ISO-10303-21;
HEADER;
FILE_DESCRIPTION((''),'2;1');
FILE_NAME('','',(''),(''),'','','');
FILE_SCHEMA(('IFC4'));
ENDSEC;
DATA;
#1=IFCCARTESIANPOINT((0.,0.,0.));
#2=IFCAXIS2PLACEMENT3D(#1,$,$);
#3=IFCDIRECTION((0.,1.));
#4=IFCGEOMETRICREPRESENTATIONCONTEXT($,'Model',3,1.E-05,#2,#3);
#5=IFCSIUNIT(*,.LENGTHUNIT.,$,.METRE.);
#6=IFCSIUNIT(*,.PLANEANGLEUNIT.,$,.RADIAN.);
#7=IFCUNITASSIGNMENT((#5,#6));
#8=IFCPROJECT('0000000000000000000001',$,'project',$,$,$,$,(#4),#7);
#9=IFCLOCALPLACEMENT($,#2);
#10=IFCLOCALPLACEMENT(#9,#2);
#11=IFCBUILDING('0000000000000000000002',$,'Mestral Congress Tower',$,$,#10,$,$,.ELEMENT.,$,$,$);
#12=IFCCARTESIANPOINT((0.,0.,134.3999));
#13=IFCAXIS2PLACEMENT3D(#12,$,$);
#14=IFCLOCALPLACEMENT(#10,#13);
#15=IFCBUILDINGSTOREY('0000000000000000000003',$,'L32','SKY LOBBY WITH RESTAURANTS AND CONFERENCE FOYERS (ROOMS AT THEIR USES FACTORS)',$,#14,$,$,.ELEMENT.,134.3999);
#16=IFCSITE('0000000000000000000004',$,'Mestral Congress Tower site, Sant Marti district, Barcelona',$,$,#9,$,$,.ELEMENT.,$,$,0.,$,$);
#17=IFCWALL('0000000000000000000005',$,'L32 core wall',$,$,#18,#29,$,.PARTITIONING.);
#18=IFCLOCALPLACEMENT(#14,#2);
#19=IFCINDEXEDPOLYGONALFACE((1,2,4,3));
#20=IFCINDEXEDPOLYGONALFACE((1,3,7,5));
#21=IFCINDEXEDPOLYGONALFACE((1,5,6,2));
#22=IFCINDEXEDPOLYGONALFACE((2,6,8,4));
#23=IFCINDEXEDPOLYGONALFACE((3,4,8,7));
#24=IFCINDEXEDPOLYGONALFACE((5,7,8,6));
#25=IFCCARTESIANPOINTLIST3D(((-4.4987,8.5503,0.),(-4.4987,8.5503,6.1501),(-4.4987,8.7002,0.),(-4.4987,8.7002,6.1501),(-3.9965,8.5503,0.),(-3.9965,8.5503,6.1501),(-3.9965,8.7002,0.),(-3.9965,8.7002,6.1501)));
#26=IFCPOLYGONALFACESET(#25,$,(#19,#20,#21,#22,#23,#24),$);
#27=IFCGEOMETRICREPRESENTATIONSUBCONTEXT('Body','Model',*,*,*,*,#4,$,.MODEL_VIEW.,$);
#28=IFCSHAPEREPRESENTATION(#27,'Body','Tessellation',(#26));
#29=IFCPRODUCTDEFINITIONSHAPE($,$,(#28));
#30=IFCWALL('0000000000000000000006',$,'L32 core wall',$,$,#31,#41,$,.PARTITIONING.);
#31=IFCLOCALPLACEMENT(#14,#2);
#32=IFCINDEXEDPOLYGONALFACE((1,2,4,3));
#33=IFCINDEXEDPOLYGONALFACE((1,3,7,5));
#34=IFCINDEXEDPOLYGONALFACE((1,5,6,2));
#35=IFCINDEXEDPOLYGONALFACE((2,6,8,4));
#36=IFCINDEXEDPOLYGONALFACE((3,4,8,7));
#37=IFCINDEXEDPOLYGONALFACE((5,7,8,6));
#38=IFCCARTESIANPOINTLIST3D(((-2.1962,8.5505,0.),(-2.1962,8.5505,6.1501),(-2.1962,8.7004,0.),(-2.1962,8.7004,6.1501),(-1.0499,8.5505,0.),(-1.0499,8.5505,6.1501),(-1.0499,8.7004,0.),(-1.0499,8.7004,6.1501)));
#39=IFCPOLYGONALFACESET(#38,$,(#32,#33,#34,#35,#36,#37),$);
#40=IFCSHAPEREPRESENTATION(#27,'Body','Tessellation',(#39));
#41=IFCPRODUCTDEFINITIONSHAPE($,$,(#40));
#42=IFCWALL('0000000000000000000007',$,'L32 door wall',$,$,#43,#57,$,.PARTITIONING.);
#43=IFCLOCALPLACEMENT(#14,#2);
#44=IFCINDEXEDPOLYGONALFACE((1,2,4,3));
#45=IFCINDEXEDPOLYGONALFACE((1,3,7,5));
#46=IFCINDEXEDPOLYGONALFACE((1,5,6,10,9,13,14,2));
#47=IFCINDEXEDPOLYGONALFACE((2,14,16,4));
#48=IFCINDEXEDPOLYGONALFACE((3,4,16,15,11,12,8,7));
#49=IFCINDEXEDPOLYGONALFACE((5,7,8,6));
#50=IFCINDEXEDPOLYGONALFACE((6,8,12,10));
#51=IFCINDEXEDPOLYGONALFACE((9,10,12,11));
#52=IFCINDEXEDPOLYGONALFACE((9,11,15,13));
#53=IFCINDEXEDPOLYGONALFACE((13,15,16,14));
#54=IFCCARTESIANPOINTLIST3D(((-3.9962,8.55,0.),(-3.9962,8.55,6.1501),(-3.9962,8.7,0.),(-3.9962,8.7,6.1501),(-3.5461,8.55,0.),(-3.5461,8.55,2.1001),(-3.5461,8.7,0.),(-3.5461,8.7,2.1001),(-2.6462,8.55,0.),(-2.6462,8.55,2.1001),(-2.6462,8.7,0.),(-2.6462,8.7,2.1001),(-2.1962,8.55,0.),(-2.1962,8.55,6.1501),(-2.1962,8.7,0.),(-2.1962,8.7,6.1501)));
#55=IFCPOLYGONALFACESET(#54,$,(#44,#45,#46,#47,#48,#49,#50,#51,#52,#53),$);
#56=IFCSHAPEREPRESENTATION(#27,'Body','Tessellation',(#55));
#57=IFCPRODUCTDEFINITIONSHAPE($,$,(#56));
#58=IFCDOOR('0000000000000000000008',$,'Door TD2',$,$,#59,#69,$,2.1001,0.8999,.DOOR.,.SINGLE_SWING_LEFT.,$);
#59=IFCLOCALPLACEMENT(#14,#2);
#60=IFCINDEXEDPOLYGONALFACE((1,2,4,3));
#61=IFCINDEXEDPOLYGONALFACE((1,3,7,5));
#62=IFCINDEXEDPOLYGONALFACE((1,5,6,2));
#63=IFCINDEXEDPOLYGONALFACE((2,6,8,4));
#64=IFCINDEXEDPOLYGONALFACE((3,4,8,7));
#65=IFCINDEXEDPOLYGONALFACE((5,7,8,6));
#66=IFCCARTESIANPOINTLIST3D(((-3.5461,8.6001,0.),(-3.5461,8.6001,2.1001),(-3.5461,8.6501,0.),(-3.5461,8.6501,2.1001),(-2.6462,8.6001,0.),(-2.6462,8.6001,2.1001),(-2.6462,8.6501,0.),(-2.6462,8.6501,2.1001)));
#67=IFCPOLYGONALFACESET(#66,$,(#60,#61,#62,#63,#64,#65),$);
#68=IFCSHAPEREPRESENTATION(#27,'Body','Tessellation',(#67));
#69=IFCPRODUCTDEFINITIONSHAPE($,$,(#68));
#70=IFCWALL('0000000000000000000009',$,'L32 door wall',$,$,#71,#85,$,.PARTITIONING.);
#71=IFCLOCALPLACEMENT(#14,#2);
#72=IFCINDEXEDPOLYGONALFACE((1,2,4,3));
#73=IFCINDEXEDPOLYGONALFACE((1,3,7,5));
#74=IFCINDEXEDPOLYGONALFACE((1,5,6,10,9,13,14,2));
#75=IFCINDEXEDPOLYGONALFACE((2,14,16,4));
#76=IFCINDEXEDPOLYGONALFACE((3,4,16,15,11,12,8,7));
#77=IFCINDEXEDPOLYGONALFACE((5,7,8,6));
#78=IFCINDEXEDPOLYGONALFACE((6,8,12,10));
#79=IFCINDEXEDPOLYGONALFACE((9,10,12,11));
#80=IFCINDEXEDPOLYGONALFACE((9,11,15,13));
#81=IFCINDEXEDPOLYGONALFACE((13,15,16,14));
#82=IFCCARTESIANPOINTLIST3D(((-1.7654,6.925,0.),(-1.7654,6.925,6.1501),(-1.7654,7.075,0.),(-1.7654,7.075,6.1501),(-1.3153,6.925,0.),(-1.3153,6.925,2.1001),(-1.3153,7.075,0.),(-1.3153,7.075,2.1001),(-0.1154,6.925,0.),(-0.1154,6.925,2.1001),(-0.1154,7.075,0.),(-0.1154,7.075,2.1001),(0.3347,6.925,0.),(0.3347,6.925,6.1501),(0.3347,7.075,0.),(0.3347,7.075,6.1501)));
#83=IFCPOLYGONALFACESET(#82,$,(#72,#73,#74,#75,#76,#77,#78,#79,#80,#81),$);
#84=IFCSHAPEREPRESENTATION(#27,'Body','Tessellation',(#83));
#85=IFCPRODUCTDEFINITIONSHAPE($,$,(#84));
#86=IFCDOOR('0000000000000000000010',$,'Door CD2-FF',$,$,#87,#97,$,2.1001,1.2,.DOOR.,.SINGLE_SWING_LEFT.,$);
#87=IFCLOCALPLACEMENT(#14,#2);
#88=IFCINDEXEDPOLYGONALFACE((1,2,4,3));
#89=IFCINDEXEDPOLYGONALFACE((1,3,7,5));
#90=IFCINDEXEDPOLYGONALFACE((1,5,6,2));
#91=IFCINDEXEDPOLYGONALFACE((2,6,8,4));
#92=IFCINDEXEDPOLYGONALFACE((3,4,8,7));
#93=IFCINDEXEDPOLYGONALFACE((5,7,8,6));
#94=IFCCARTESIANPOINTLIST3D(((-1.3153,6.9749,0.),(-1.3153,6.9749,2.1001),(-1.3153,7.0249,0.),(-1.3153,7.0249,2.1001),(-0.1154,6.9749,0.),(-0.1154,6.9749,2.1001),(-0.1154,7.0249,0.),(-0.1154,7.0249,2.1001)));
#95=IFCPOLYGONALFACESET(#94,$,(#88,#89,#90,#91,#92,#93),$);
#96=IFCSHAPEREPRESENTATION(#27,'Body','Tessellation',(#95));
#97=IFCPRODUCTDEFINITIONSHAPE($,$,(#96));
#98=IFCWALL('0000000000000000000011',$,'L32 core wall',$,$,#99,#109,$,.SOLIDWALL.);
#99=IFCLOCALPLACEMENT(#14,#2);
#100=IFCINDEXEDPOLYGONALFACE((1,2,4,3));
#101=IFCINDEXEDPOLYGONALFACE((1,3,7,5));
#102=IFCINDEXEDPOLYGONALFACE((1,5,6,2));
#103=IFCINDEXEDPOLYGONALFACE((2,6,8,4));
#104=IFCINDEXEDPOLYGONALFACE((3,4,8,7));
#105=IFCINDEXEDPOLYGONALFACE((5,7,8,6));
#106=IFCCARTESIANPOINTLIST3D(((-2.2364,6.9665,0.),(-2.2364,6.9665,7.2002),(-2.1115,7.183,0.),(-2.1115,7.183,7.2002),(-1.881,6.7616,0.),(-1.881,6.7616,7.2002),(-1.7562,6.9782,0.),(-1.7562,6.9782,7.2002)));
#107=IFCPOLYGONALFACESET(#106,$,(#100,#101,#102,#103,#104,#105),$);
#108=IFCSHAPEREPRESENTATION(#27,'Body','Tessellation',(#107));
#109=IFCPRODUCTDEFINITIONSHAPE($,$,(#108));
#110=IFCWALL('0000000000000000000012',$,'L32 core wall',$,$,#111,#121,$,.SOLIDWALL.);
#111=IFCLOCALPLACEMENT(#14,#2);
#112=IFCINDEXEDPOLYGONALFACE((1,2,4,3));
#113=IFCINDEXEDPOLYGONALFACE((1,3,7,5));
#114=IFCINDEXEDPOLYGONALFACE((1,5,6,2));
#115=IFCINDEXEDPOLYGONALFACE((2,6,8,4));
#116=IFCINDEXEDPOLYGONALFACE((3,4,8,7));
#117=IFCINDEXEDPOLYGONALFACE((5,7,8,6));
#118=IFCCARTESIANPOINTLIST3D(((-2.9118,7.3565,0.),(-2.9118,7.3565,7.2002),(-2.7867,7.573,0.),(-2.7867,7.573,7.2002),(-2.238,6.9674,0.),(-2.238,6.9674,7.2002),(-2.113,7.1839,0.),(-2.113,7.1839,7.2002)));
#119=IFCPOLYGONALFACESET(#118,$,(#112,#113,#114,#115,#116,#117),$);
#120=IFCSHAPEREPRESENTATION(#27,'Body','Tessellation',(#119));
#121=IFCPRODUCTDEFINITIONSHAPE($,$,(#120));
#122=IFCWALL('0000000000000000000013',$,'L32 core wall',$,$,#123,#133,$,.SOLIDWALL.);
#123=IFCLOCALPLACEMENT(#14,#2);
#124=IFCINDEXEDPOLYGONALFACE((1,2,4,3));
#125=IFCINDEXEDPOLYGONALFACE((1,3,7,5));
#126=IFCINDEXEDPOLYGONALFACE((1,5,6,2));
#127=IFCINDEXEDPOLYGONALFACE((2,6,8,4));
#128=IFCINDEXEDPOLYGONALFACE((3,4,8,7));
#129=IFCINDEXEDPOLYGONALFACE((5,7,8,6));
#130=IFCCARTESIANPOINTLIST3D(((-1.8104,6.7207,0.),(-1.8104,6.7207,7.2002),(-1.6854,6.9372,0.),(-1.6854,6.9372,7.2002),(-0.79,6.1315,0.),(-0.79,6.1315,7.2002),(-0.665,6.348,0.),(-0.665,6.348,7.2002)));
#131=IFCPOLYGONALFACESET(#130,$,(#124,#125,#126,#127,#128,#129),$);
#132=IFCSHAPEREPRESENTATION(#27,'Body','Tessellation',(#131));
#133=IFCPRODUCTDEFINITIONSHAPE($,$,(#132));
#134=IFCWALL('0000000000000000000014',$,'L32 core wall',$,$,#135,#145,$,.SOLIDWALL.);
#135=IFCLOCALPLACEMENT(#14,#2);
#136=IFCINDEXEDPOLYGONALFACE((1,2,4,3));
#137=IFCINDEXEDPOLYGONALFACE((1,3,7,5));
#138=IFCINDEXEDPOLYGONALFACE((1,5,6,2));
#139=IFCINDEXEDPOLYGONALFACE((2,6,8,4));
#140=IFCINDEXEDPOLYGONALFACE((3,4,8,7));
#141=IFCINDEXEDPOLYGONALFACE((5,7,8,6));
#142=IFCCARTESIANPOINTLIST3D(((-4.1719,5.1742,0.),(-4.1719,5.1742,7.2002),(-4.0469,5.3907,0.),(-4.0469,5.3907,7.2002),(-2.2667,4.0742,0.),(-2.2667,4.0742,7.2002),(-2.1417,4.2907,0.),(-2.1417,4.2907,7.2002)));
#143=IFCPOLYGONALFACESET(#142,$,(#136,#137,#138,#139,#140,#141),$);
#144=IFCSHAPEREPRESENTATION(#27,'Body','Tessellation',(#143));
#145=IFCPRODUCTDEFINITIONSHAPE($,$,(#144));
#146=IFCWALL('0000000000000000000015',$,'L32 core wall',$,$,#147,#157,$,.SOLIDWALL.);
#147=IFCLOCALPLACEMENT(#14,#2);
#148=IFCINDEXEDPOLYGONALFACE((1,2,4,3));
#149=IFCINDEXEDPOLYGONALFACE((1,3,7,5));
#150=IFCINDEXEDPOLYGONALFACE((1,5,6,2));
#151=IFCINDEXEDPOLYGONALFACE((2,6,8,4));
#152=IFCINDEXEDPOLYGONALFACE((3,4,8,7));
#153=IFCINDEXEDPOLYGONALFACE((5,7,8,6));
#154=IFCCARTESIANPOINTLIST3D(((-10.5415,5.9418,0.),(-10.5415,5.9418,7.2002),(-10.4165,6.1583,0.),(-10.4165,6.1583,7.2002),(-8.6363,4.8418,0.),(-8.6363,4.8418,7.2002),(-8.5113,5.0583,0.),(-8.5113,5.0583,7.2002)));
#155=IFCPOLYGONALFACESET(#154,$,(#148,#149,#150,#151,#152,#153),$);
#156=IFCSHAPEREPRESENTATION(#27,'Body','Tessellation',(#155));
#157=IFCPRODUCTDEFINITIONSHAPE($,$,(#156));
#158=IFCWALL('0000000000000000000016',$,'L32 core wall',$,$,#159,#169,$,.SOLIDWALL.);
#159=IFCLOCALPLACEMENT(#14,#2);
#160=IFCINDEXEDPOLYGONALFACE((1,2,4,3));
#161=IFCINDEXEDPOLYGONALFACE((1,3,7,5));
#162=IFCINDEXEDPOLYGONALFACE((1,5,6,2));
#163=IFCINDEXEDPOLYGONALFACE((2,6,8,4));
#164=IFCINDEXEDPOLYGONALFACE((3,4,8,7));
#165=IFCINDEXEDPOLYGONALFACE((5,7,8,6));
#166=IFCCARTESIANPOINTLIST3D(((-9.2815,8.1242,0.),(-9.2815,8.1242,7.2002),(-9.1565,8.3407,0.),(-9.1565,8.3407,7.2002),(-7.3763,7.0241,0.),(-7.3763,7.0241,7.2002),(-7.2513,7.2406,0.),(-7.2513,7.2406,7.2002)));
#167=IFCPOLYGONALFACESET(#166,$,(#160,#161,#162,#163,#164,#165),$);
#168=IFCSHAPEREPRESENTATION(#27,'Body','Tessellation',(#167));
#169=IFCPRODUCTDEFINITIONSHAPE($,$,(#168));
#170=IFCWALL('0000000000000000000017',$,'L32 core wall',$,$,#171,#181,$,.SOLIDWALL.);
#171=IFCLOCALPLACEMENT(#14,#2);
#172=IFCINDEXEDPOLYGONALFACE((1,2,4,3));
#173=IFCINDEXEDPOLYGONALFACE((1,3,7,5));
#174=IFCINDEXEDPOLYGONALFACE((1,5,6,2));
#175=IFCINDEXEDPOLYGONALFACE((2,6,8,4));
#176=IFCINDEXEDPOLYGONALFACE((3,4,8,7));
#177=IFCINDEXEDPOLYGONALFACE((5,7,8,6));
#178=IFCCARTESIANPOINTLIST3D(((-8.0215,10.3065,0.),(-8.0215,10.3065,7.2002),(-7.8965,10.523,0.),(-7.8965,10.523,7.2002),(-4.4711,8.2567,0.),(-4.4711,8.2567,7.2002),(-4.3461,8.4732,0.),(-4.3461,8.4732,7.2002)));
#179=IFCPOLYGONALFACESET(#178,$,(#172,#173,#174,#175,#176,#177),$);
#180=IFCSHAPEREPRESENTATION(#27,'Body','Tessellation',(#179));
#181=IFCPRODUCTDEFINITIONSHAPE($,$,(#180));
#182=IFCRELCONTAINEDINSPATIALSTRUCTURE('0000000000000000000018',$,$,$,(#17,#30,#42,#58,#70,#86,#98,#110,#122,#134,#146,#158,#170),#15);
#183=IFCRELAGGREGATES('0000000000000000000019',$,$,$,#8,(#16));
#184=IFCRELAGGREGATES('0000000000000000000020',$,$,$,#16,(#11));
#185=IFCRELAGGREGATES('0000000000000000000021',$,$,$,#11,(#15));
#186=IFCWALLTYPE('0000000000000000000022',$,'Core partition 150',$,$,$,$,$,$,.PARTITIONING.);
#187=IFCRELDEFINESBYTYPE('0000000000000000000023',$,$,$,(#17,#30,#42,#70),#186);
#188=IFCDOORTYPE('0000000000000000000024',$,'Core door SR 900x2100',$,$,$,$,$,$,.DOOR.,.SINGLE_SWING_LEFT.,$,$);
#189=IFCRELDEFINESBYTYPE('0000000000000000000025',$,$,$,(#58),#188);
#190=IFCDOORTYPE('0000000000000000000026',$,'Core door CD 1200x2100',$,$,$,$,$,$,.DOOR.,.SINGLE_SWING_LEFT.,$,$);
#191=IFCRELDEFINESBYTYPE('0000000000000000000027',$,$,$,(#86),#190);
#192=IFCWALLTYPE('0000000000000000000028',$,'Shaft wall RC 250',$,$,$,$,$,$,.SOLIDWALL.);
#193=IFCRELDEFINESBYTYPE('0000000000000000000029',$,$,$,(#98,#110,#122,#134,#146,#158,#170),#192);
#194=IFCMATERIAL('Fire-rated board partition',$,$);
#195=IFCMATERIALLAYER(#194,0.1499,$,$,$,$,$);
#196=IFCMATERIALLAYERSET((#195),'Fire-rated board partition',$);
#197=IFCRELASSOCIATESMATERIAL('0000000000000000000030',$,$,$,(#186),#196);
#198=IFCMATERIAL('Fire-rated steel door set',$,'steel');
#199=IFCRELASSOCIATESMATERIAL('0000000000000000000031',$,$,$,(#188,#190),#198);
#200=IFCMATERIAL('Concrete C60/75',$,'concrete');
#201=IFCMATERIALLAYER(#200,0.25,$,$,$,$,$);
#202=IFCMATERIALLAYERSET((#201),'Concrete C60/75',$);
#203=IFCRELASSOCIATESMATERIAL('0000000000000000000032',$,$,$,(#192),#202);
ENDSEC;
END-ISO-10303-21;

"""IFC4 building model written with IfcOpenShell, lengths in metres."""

from ifc_helpers import new_model, si_unit, direction, frame, frame_2d, origin, place, context, subcontext, project, spatial, rectangle, extrude, material, layer, layer_set, type_object, element, fill, save


model = new_model("IFC4")

# Units and contexts
model_context = context("Model", 3, precision=1e-05, world=origin(), true_north=direction((0.0, 1.0)))
body_context = subcontext(model_context, "Body", "Model", "MODEL_VIEW")
ifc_project = project(units=[si_unit("LENGTHUNIT", "METRE"), si_unit("PLANEANGLEUNIT", "RADIAN")], contexts=[model_context])

# Site, building, storey
site_placement = place(None, origin())
site = spatial("IfcSite", under=ifc_project, at=site_placement, Name="Mestral Congress Tower site, Sant Marti district, Barcelona", CompositionType="ELEMENT", RefElevation=0.0)
building_placement = place(site_placement, origin())
building = spatial("IfcBuilding", under=site, at=building_placement, Name="Mestral Congress Tower", CompositionType="ELEMENT")
storey_placement = place(building_placement, frame((0.0, 0.0, 134.3999)))
storey = spatial("IfcBuildingStorey", under=building, at=storey_placement, Name="L32", Description="SKY LOBBY WITH RESTAURANTS AND CONFERENCE FOYERS (ROOMS AT THEIR USES FACTORS)", CompositionType="ELEMENT", Elevation=134.3999)

# Walls
ifc_material_1 = material(Name="Fire-rated board partition")
ifc_layer_1 = layer(ifc_material_1, 0.1499)
ifc_layer_set_1 = layer_set([ifc_layer_1], Name="Fire-rated board partition")
wall_type_1 = type_object("IfcWallType", Name="Core partition 150", PredefinedType="PARTITIONING", material=ifc_layer_set_1)
wall_1_placement = place(storey_placement, frame((-3.9966, 8.6252, 0.0), z_axis=(0.0, 0.0, 1.0), x_axis=(-1.0, 0.0, 0.0)))
element("IfcWall", 1, at=wall_1_placement, inside=storey, type_object=wall_type_1, Name="L32 core wall", PredefinedType="PARTITIONING", context=body_context, shape_type="SweptSolid", body=[
    extrude(rectangle(XDim=0.5022, YDim=0.1499, at=frame_2d((0.251, 0.0))), origin(), (0.0, 0.0, 1.0), 6.1501),
])
wall_2_placement = place(storey_placement, frame((-2.1963, 8.6255, 0.0), z_axis=(0.0, 0.0, 1.0), x_axis=(1.0, 0.0, 0.0)))
element("IfcWall", 2, at=wall_2_placement, inside=storey, type_object=wall_type_1, Name="L32 core wall", PredefinedType="PARTITIONING", context=body_context, shape_type="SweptSolid", body=[
    extrude(rectangle(XDim=1.1462, YDim=0.1499, at=frame_2d((0.5732, 0.0))), origin(), (0.0, 0.0, 1.0), 6.1501),
])

# Walls, openings, doors
wall_3_placement = place(storey_placement, frame((-2.1963, 8.625, 0.0), z_axis=(0.0, 0.0, 1.0), x_axis=(-1.0, 0.0, 0.0)))
wall_3 = element("IfcWall", 3, at=wall_3_placement, inside=storey, type_object=wall_type_1, Name="L32 door wall", PredefinedType="PARTITIONING", context=body_context, shape_type="SweptSolid", body=[
    extrude(rectangle(XDim=1.8, YDim=0.1499, at=frame_2d((0.8999, 0.0))), origin(), (0.0, 0.0, 1.0), 6.1501),
])
opening_1_placement = place(wall_3_placement, frame((0.45, 0.0, 0.0)))
opening_1 = element("IfcOpeningElement", 4, at=opening_1_placement, cuts=wall_3, PredefinedType="OPENING", context=body_context, shape_type="SweptSolid", body=[
    extrude(rectangle(XDim=0.8999, YDim=2.1001, at=frame_2d((0.45, 1.05))), frame((0.0, 0.085, 0.0), z_axis=(0.0, -1.0, 0.0), x_axis=(1.0, 0.0, 0.0)), (0.0, 0.0, 1.0), 0.1699),
])
ifc_material_2 = material(Name="Fire-rated steel door set", Category="steel")
door_type_1 = type_object("IfcDoorType", Name="Core door SR 900x2100", OperationType="SINGLE_SWING_LEFT", PredefinedType="DOOR", material=ifc_material_2)
door_1_placement = place(opening_1_placement, origin())
door_1 = element("IfcDoor", 5, at=door_1_placement, inside=storey, type_object=door_type_1, Name="Door TD2", OperationType="SINGLE_SWING_LEFT", OverallHeight=2.1001, OverallWidth=0.8999, PredefinedType="DOOR", context=body_context, shape_type="SweptSolid", body=[
    extrude(rectangle(XDim=0.8999, YDim=2.1001, at=frame_2d((0.45, 1.05))), frame((0.0, 0.0249, 0.0), z_axis=(0.0, -1.0, 0.0), x_axis=(1.0, 0.0, 0.0)), (0.0, 0.0, 1.0), 0.05),
])
fill(opening_1, door_1)
wall_4_placement = place(storey_placement, frame((-1.7654, 7.0, 0.0), z_axis=(0.0, 0.0, 1.0), x_axis=(1.0, 0.0, 0.0)))
wall_4 = element("IfcWall", 6, at=wall_4_placement, inside=storey, type_object=wall_type_1, Name="L32 door wall", PredefinedType="PARTITIONING", context=body_context, shape_type="SweptSolid", body=[
    extrude(rectangle(XDim=2.1001, YDim=0.1499, at=frame_2d((1.05, 0.0))), origin(), (0.0, 0.0, 1.0), 6.1501),
])
opening_2_placement = place(wall_4_placement, frame((0.45, 0.0, 0.0)))
opening_2 = element("IfcOpeningElement", 7, at=opening_2_placement, cuts=wall_4, PredefinedType="OPENING", context=body_context, shape_type="SweptSolid", body=[
    extrude(rectangle(XDim=1.2, YDim=2.1001, at=frame_2d((0.6001, 1.05))), frame((0.0, 0.085, 0.0), z_axis=(0.0, -1.0, 0.0), x_axis=(1.0, 0.0, 0.0)), (0.0, 0.0, 1.0), 0.1699),
])
door_type_2 = type_object("IfcDoorType", Name="Core door CD 1200x2100", OperationType="SINGLE_SWING_LEFT", PredefinedType="DOOR", material=ifc_material_2)
door_2_placement = place(opening_2_placement, origin())
door_2 = element("IfcDoor", 8, at=door_2_placement, inside=storey, type_object=door_type_2, Name="Door CD2-FF", OperationType="SINGLE_SWING_LEFT", OverallHeight=2.1001, OverallWidth=1.2, PredefinedType="DOOR", context=body_context, shape_type="SweptSolid", body=[
    extrude(rectangle(XDim=1.2, YDim=2.1001, at=frame_2d((0.6001, 1.05))), frame((0.0, 0.0249, 0.0), z_axis=(0.0, -1.0, 0.0), x_axis=(1.0, 0.0, 0.0)), (0.0, 0.0, 1.0), 0.05),
])
fill(opening_2, door_2)

# Walls
ifc_material_3 = material(Name="Concrete C60/75", Category="concrete")
ifc_layer_2 = layer(ifc_material_3, 0.25)
ifc_layer_set_2 = layer_set([ifc_layer_2], Name="Concrete C60/75")
wall_type_2 = type_object("IfcWallType", Name="Shaft wall RC 250", PredefinedType="SOLIDWALL", material=ifc_layer_set_2)
wall_5_placement = place(storey_placement, frame((-1.8186, 6.8699, 0.0), z_axis=(0.0, 0.0, 1.0), x_axis=(-0.866295, 0.499533, 0.0)))
element("IfcWall", 9, at=wall_5_placement, inside=storey, type_object=wall_type_2, Name="L32 core wall", PredefinedType="SOLIDWALL", context=body_context, shape_type="SweptSolid", body=[
    extrude(rectangle(XDim=0.4102, YDim=0.25, at=frame_2d((0.2051, 0.0))), origin(), (0.0, 0.0, 1.0), 7.2002),
])
wall_6_placement = place(storey_placement, frame((-2.8494, 7.4648, 0.0), z_axis=(0.0, 0.0, 1.0), x_axis=(0.865956, -0.500121, 0.0)))
element("IfcWall", 10, at=wall_6_placement, inside=storey, type_object=wall_type_2, Name="L32 core wall", PredefinedType="SOLIDWALL", context=body_context, shape_type="SweptSolid", body=[
    extrude(rectangle(XDim=0.7781, YDim=0.25, at=frame_2d((0.3892, 0.0))), origin(), (0.0, 0.0, 1.0), 7.2002),
])
wall_7_placement = place(storey_placement, frame((-0.7275, 6.2397, 0.0), z_axis=(0.0, 0.0, 1.0), x_axis=(-0.866003, 0.500039, 0.0)))
element("IfcWall", 11, at=wall_7_placement, inside=storey, type_object=wall_type_2, Name="L32 core wall", PredefinedType="SOLIDWALL", context=body_context, shape_type="SweptSolid", body=[
    extrude(rectangle(XDim=1.1782, YDim=0.25, at=frame_2d((0.5891, 0.0))), origin(), (0.0, 0.0, 1.0), 7.2002),
])
for number, where, z_axis, x_axis, name in (
    (12, (-2.2041, 4.1824, 0.0), (0.0, 0.0, 1.0), (-0.866008, 0.50003, 0.0), "L32 core wall"),
    (13, (-8.5737, 4.95, 0.0), (0.0, 0.0, 1.0), (-0.866008, 0.50003, 0.0), "L32 core wall"),
    (14, (-7.3137, 7.1323, 0.0), (0.0, 0.0, 1.0), (-0.866008, 0.50003, 0.0), "L32 core wall"),
):
    element("IfcWall", number, at=place(storey_placement, frame(where, z_axis=z_axis, x_axis=x_axis)), inside=storey, type_object=wall_type_2, Name=name, PredefinedType="SOLIDWALL", context=body_context, shape_type="SweptSolid", body=[
        extrude(rectangle(XDim=2.2, YDim=0.25, at=frame_2d((1.1001, 0.0))), origin(), (0.0, 0.0, 1.0), 7.2002),
    ])
wall_8_placement = place(storey_placement, frame((-7.959, 10.4148, 0.0), z_axis=(0.0, 0.0, 1.0), x_axis=(0.866021, -0.500008, 0.0)))
element("IfcWall", 15, at=wall_8_placement, inside=storey, type_object=wall_type_2, Name="L32 core wall", PredefinedType="SOLIDWALL", context=body_context, shape_type="SweptSolid", body=[
    extrude(rectangle(XDim=4.0996, YDim=0.25, at=frame_2d((2.0498, 0.0))), origin(), (0.0, 0.0, 1.0), 7.2002),
])

save(model, "model.ifc")
